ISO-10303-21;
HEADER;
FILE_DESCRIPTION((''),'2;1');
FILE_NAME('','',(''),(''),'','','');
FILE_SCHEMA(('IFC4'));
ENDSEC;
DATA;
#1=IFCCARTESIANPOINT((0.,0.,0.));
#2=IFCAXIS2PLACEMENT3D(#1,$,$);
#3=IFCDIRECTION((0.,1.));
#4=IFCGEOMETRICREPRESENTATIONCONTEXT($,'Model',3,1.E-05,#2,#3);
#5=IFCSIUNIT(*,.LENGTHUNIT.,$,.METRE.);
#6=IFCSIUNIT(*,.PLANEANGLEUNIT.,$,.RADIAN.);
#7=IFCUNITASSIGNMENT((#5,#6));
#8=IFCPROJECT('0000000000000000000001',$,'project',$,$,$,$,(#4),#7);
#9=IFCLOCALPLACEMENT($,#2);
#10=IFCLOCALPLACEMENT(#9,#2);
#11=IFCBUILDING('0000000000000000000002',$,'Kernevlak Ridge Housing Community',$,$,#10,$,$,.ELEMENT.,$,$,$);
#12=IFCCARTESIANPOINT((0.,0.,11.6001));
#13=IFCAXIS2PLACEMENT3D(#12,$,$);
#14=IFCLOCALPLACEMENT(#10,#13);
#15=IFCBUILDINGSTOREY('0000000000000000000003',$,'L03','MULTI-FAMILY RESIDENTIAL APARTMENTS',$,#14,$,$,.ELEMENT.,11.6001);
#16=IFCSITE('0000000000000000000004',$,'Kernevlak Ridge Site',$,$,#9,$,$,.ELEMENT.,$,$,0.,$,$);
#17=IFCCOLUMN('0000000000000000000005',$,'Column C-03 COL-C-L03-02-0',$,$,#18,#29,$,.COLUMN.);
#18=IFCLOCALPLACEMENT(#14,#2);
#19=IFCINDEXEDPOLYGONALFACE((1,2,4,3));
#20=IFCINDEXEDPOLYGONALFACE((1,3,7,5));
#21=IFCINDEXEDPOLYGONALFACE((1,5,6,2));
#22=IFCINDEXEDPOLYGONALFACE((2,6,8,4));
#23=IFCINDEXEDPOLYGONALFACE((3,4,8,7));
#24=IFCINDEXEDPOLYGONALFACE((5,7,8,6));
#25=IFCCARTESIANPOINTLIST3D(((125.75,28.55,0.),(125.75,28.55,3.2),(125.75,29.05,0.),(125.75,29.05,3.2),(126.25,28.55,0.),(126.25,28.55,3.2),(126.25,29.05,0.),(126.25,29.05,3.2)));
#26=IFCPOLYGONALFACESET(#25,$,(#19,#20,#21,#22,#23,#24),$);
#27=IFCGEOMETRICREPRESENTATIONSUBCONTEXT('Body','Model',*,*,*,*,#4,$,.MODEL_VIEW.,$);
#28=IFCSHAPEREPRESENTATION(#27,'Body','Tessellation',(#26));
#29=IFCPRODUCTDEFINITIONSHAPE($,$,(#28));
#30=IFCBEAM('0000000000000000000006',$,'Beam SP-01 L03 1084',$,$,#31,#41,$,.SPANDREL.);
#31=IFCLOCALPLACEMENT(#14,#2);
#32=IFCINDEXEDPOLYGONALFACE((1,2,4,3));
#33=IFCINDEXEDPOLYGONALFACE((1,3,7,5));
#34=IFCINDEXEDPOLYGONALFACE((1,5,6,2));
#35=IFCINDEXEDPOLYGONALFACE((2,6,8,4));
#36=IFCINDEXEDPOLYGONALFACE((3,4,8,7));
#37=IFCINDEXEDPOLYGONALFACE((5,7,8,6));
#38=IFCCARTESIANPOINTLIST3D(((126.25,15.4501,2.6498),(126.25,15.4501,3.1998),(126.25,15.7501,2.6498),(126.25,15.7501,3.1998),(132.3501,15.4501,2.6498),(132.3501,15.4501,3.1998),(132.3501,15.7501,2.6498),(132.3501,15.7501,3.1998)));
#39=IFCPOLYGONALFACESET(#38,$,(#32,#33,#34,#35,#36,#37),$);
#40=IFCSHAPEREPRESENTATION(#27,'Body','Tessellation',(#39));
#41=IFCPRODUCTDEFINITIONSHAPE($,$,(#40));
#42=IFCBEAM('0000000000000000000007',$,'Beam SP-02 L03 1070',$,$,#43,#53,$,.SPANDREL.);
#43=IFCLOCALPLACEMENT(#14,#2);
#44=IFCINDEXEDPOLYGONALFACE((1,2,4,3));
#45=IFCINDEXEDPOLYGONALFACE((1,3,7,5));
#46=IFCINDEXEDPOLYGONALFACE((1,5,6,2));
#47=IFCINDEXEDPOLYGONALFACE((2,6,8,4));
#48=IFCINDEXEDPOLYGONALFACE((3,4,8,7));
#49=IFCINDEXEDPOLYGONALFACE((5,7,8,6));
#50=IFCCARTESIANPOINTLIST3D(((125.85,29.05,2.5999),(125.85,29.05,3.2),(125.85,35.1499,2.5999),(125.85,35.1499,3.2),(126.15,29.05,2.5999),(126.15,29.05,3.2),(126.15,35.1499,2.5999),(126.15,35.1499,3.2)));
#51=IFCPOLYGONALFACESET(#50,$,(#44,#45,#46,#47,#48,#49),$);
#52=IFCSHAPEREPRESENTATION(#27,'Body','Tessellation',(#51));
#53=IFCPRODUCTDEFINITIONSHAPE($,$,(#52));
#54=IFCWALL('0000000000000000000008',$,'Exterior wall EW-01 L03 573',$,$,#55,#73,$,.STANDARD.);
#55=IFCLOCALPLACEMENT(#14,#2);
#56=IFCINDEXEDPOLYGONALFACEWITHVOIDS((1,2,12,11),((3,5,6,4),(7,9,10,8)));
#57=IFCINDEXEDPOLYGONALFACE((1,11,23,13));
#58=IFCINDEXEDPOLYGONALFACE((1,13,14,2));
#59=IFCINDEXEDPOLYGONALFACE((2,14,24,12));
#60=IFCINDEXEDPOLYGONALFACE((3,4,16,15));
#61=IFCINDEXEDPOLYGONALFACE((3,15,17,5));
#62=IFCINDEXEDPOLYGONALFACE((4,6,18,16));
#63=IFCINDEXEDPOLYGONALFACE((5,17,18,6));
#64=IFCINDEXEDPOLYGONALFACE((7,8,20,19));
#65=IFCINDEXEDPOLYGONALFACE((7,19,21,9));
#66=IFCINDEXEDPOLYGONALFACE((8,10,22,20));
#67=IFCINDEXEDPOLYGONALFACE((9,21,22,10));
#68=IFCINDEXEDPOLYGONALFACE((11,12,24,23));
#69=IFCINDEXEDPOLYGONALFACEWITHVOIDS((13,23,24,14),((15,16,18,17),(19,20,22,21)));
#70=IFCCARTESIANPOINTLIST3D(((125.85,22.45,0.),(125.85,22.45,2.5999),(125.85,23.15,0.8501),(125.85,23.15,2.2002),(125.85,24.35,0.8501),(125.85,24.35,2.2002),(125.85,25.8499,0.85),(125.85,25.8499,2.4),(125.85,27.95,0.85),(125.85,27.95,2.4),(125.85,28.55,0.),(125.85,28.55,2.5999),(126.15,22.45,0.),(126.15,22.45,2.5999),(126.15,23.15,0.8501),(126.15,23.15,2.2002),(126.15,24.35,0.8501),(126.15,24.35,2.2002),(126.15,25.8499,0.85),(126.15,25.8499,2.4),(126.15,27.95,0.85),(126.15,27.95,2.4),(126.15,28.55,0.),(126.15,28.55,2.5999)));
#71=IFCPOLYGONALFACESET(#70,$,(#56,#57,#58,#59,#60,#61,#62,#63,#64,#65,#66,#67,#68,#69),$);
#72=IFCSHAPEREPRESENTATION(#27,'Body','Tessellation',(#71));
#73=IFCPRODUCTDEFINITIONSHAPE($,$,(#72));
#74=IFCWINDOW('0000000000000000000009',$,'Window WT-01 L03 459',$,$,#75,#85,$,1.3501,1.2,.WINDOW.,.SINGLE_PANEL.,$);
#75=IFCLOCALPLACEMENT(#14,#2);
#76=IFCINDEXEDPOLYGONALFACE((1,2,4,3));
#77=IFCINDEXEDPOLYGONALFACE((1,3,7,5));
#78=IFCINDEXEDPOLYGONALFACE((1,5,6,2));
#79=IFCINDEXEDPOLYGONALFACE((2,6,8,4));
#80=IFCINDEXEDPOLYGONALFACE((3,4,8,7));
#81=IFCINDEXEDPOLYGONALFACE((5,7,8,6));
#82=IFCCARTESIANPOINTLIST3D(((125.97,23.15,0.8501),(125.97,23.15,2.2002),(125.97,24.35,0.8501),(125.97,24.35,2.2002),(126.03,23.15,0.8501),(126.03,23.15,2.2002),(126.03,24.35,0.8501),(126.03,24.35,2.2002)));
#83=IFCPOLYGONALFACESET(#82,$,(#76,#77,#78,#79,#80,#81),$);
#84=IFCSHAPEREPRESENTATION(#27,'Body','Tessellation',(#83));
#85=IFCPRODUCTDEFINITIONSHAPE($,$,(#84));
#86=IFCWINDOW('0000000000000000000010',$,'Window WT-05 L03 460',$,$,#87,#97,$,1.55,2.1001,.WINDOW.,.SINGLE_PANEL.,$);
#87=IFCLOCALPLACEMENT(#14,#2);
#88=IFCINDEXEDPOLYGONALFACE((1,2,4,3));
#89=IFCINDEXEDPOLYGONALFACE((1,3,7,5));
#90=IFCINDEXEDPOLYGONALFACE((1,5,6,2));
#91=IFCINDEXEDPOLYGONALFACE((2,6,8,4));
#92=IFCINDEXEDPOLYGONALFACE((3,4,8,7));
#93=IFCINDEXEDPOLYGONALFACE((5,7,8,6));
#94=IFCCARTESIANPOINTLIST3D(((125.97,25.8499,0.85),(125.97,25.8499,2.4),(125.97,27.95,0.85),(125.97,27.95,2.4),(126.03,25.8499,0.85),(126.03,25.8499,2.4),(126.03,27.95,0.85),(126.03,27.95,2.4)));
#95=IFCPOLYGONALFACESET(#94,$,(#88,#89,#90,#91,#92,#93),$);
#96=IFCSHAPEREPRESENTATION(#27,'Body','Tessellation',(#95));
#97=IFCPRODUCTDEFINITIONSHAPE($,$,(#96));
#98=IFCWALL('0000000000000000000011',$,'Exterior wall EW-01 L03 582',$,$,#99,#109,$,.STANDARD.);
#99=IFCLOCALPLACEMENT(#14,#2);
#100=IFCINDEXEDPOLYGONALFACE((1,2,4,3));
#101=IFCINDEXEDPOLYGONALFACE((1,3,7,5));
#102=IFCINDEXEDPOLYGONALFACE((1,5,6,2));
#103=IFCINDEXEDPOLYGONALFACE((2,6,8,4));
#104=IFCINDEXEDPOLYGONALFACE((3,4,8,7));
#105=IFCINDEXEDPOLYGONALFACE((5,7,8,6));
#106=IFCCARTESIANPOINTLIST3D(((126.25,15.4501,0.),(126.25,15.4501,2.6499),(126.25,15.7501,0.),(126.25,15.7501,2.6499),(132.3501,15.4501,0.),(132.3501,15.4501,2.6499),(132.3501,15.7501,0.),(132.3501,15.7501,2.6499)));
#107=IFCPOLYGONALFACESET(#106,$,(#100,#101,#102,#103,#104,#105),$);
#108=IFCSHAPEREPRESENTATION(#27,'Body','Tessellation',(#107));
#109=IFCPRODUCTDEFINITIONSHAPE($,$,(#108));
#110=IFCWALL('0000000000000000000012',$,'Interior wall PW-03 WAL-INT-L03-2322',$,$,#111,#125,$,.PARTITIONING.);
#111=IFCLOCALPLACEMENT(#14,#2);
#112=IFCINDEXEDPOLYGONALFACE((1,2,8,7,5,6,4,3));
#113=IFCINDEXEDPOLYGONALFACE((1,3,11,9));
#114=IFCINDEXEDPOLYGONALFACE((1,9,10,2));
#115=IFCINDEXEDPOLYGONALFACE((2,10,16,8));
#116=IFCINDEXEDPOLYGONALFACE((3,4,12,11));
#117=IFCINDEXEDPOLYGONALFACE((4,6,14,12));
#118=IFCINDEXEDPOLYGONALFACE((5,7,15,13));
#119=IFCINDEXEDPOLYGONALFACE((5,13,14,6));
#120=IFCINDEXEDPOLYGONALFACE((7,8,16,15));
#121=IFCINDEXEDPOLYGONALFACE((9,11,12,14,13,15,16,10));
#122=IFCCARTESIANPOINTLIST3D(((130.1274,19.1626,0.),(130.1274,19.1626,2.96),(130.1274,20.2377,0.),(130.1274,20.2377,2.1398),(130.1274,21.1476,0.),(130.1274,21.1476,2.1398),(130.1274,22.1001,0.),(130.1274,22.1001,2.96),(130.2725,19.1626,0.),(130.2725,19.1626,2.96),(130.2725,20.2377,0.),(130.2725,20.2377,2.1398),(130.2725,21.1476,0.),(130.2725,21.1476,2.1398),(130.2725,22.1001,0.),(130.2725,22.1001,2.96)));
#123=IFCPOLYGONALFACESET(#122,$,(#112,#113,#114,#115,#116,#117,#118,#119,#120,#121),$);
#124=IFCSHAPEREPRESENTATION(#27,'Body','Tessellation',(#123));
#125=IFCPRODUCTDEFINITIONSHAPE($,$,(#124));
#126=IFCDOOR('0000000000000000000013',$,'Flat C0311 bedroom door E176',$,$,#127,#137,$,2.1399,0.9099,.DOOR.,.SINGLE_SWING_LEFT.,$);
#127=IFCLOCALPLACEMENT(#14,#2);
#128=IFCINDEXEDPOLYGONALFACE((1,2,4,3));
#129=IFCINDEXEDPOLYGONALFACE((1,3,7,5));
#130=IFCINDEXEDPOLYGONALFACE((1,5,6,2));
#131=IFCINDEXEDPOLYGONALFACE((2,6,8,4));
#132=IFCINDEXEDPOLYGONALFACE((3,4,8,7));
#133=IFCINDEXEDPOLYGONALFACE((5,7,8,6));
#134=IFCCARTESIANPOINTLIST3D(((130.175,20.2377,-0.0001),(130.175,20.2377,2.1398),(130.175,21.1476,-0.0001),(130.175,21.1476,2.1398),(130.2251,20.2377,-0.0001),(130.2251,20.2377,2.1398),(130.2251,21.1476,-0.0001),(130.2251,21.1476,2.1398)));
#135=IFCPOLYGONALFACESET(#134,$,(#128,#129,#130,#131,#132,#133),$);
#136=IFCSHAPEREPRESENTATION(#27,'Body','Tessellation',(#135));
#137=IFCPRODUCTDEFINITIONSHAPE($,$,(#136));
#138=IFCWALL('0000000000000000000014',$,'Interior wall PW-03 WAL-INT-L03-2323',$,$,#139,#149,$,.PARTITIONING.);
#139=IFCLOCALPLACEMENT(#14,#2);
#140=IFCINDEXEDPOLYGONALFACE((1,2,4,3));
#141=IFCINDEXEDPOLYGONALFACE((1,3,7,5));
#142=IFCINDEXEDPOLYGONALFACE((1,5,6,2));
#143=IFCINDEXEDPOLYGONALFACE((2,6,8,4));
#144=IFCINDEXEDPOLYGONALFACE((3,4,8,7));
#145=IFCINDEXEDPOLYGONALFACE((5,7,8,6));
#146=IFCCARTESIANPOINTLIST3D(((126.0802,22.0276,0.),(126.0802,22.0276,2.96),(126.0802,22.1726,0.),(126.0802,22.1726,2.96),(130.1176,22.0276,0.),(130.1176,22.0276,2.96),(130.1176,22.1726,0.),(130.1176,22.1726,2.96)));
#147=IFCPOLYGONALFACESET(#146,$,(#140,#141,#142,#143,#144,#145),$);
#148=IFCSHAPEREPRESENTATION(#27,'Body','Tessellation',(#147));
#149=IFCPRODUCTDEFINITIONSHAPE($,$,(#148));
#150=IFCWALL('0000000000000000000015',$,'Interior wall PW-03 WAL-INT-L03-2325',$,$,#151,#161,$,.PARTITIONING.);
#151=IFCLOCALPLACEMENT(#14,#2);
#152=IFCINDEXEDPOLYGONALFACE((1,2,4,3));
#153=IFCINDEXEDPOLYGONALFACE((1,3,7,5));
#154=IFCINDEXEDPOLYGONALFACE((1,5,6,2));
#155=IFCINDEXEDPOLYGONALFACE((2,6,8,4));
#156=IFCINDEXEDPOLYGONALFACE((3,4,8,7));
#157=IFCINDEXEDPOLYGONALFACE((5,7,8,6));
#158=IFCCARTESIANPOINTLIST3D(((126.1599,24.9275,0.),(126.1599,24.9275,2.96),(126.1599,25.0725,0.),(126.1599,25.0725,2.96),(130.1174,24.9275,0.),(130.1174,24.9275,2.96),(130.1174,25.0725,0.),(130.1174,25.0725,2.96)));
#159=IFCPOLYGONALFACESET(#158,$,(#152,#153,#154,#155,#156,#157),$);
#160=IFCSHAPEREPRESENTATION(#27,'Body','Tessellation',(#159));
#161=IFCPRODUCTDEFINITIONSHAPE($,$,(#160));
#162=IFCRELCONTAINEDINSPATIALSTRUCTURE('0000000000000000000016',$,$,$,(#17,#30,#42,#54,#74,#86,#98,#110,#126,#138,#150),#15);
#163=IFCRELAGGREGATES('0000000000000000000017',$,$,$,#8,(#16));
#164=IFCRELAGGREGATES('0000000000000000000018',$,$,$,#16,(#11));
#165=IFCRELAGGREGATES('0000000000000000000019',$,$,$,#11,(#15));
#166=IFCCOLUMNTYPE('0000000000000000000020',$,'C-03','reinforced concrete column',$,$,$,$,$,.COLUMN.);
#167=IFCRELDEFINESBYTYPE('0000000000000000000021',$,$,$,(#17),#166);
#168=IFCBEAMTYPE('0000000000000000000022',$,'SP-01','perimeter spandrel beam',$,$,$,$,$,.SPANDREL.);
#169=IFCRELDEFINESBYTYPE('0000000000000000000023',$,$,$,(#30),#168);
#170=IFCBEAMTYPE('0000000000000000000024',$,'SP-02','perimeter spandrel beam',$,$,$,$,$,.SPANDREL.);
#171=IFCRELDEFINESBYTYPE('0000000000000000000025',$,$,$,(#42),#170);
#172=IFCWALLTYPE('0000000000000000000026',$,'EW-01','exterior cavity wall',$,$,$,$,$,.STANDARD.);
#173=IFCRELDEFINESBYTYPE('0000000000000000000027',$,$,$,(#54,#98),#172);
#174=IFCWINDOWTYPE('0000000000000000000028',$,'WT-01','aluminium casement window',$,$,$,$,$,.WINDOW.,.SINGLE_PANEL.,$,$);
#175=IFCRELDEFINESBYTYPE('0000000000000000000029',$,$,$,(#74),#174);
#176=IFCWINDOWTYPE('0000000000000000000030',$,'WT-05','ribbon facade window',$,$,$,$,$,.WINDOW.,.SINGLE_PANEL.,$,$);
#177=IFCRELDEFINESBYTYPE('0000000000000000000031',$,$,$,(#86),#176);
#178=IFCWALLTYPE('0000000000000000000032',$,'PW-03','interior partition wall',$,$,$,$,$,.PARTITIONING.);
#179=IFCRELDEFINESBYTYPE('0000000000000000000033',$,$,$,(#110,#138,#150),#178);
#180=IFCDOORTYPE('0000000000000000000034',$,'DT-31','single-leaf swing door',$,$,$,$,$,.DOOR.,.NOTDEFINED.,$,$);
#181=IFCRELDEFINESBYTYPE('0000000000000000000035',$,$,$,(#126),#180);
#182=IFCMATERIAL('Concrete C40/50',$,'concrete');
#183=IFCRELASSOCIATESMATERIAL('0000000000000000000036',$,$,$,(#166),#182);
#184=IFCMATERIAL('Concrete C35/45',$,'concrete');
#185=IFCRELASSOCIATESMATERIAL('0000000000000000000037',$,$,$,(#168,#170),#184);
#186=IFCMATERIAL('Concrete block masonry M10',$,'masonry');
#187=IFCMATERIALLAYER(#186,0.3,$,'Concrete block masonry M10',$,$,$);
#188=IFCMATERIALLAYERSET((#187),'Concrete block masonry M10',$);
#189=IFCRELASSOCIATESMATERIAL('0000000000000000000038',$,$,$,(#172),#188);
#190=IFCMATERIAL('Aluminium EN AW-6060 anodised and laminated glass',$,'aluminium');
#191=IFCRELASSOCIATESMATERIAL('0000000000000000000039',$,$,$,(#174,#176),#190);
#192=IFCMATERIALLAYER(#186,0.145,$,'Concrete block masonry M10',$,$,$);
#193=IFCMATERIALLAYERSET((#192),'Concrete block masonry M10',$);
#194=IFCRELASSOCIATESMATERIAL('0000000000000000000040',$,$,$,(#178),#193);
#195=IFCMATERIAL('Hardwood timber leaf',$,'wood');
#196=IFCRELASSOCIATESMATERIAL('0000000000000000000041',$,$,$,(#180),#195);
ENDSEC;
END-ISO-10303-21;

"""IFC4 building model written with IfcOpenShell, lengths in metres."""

from ifc_helpers import new_model, si_unit, direction, frame, frame_2d, origin, origin_2d, place, context, subcontext, project, spatial, rectangle, extrude, material, layer, layer_set, material_profile, profile_set, type_object, element, fill, save


model = new_model("IFC4")

# Units and contexts
model_context = context("Model", 3, precision=1e-05, world=origin(), true_north=direction((0.0, 1.0)))
body_context = subcontext(model_context, "Body", "Model", "MODEL_VIEW")
ifc_project = project(units=[si_unit("LENGTHUNIT", "METRE"), si_unit("PLANEANGLEUNIT", "RADIAN")], contexts=[model_context])

# Site, building, storey
site_placement = place(None, origin())
site = spatial("IfcSite", under=ifc_project, at=site_placement, Name="Kernevlak Ridge Site", CompositionType="ELEMENT", RefElevation=0.0)
building_placement = place(site_placement, origin())
building = spatial("IfcBuilding", under=site, at=building_placement, Name="Kernevlak Ridge Housing Community", CompositionType="ELEMENT")
storey_placement = place(building_placement, frame((0.0, 0.0, 11.6001)))
storey = spatial("IfcBuildingStorey", under=building, at=storey_placement, Name="L03", Description="MULTI-FAMILY RESIDENTIAL APARTMENTS", CompositionType="ELEMENT", Elevation=11.6001)

# Column
ifc_material_1 = material(Name="Concrete C40/50", Category="concrete")
ifc_material_profile_1 = material_profile(ifc_material_1, rectangle(XDim=0.5, YDim=0.5, at=origin_2d()), Name="RC 500x500")
ifc_profile_set_1 = profile_set([ifc_material_profile_1], Name="Concrete C40/50")
column_type = type_object("IfcColumnType", Name="C-03", Description="reinforced concrete column", PredefinedType="COLUMN", material=ifc_profile_set_1)
column_placement = place(storey_placement, frame((126.0, 28.8, 0.0), z_axis=(0.0, 0.0, 1.0), x_axis=(1.0, 0.0, 0.0)))
element("IfcColumn", 1, at=column_placement, inside=storey, type_object=column_type, Name="Column C-03 COL-C-L03-02-0", PredefinedType="COLUMN", context=body_context, shape_type="SweptSolid", body=[
    extrude(rectangle(XDim=0.5, YDim=0.5, at=origin_2d()), origin(), (0.0, 0.0, 1.0), 3.2),
])

# Beams
ifc_material_2 = material(Name="Concrete C35/45", Category="concrete")
ifc_material_profile_2 = material_profile(ifc_material_2, rectangle(XDim=0.3, YDim=0.55, at=origin_2d()), Name="RC 300x550")
ifc_profile_set_2 = profile_set([ifc_material_profile_2], Name="Concrete C35/45")
beam_type_1 = type_object("IfcBeamType", Name="SP-01", Description="perimeter spandrel beam", PredefinedType="SPANDREL", material=ifc_profile_set_2)
beam_1_placement = place(storey_placement, frame((126.25, 15.6001, 2.9248), z_axis=(1.0, 0.0, 0.0), x_axis=(0.0, 1.0, 0.0)))
element("IfcBeam", 2, at=beam_1_placement, inside=storey, type_object=beam_type_1, Name="Beam SP-01 L03 1084", PredefinedType="SPANDREL", context=body_context, shape_type="SweptSolid", body=[
    extrude(rectangle(XDim=0.3, YDim=0.55, at=origin_2d()), origin(), (0.0, 0.0, 1.0), 6.1001),
])
ifc_material_profile_3 = material_profile(ifc_material_2, rectangle(XDim=0.3, YDim=0.6001, at=origin_2d()), Name="RC 300x600")
ifc_profile_set_3 = profile_set([ifc_material_profile_3], Name="Concrete C35/45")
beam_type_2 = type_object("IfcBeamType", Name="SP-02", Description="perimeter spandrel beam", PredefinedType="SPANDREL", material=ifc_profile_set_3)
beam_2_placement = place(storey_placement, frame((126.0, 29.05, 2.8999), z_axis=(0.0, 1.0, 0.0), x_axis=(-1.0, 0.0, 0.0)))
element("IfcBeam", 3, at=beam_2_placement, inside=storey, type_object=beam_type_2, Name="Beam SP-02 L03 1070", PredefinedType="SPANDREL", context=body_context, shape_type="SweptSolid", body=[
    extrude(rectangle(XDim=0.3, YDim=0.6001, at=origin_2d()), origin(), (0.0, 0.0, 1.0), 6.0999),
])

# Wall, openings, windows
ifc_material_3 = material(Name="Concrete block masonry M10", Category="masonry")
ifc_layer_1 = layer(ifc_material_3, 0.3, Name="Concrete block masonry M10")
ifc_layer_set_1 = layer_set([ifc_layer_1], Name="Concrete block masonry M10")
wall_type_1 = type_object("IfcWallType", Name="EW-01", Description="exterior cavity wall", PredefinedType="STANDARD", material=ifc_layer_set_1)
wall_1_placement = place(storey_placement, frame((126.0, 22.45, 0.0), z_axis=(0.0, 0.0, 1.0), x_axis=(0.0, 1.0, 0.0)))
wall_1 = element("IfcWall", 4, at=wall_1_placement, inside=storey, type_object=wall_type_1, Name="Exterior wall EW-01 L03 573", PredefinedType="STANDARD", context=body_context, shape_type="SweptSolid", body=[
    extrude(rectangle(XDim=6.1001, YDim=0.3, at=frame_2d((3.05, 0.0))), origin(), (0.0, 0.0, 1.0), 2.5999),
])
opening_1_placement = place(wall_1_placement, frame((0.7, 0.0, 0.8501)))
opening_1 = element("IfcOpeningElement", 5, at=opening_1_placement, cuts=wall_1, PredefinedType="OPENING", context=body_context, shape_type="SweptSolid", body=[
    extrude(rectangle(XDim=1.2, YDim=1.3501, at=frame_2d((0.6001, 0.675))), frame((0.0, 0.1599, 0.0), z_axis=(0.0, -1.0, 0.0), x_axis=(1.0, 0.0, 0.0)), (0.0, 0.0, 1.0), 0.3201),
])
opening_2_placement = place(wall_1_placement, frame((3.3999, 0.0, 0.8501)))
opening_2 = element("IfcOpeningElement", 6, at=opening_2_placement, cuts=wall_1, PredefinedType="OPENING", context=body_context, shape_type="SweptSolid", body=[
    extrude(rectangle(XDim=2.1001, YDim=1.55, at=frame_2d((1.05, 0.7749))), frame((0.0, 0.1599, 0.0), z_axis=(0.0, -1.0, 0.0), x_axis=(1.0, 0.0, 0.0)), (0.0, 0.0, 1.0), 0.3201),
])
ifc_material_4 = material(Name="Aluminium EN AW-6060 anodised and laminated glass", Category="aluminium")
window_type_1 = type_object("IfcWindowType", Name="WT-01", Description="aluminium casement window", PartitioningType="SINGLE_PANEL", PredefinedType="WINDOW", material=ifc_material_4)
window_1_placement = place(opening_1_placement, origin())
window_1 = element("IfcWindow", 7, at=window_1_placement, inside=storey, type_object=window_type_1, Name="Window WT-01 L03 459", OverallHeight=1.3501, OverallWidth=1.2, PartitioningType="SINGLE_PANEL", PredefinedType="WINDOW", context=body_context, shape_type="SweptSolid", body=[
    extrude(rectangle(XDim=1.2, YDim=1.3501, at=frame_2d((0.6001, 0.675))), frame((0.0, 0.03, 0.0), z_axis=(0.0, -1.0, 0.0), x_axis=(1.0, 0.0, 0.0)), (0.0, 0.0, 1.0), 0.0601),
])
fill(opening_1, window_1)
window_type_2 = type_object("IfcWindowType", Name="WT-05", Description="ribbon facade window", PartitioningType="SINGLE_PANEL", PredefinedType="WINDOW", material=ifc_material_4)
window_2_placement = place(opening_2_placement, origin())
window_2 = element("IfcWindow", 8, at=window_2_placement, inside=storey, type_object=window_type_2, Name="Window WT-05 L03 460", OverallHeight=1.55, OverallWidth=2.1001, PartitioningType="SINGLE_PANEL", PredefinedType="WINDOW", context=body_context, shape_type="SweptSolid", body=[
    extrude(rectangle(XDim=2.1001, YDim=1.55, at=frame_2d((1.05, 0.7749))), frame((0.0, 0.03, 0.0), z_axis=(0.0, -1.0, 0.0), x_axis=(1.0, 0.0, 0.0)), (0.0, 0.0, 1.0), 0.0601),
])
fill(opening_2, window_2)

# Wall
wall_2_placement = place(storey_placement, frame((126.25, 15.6001, 0.0), z_axis=(0.0, 0.0, 1.0), x_axis=(1.0, 0.0, 0.0)))
element("IfcWall", 9, at=wall_2_placement, inside=storey, type_object=wall_type_1, Name="Exterior wall EW-01 L03 582", PredefinedType="STANDARD", context=body_context, shape_type="SweptSolid", body=[
    extrude(rectangle(XDim=6.1001, YDim=0.3, at=frame_2d((3.05, 0.0))), origin(), (0.0, 0.0, 1.0), 2.6499),
])

# Wall, opening, door
ifc_layer_2 = layer(ifc_material_3, 0.145, Name="Concrete block masonry M10")
ifc_layer_set_2 = layer_set([ifc_layer_2], Name="Concrete block masonry M10")
wall_type_2 = type_object("IfcWallType", Name="PW-03", Description="interior partition wall", PredefinedType="PARTITIONING", material=ifc_layer_set_2)
ifc_material_5 = material(Name="Hardwood timber leaf", Category="wood")
wall_3_placement = place(storey_placement, frame((130.2, 19.1626, 0.0), z_axis=(0.0, 0.0, 1.0), x_axis=(0.0, 1.0, 0.0)))
wall_3 = element("IfcWall", 10, at=wall_3_placement, inside=storey, type_object=wall_type_2, Name="Interior wall PW-03 WAL-INT-L03-2322", PredefinedType="PARTITIONING", context=body_context, shape_type="SweptSolid", body=[
    extrude(rectangle(XDim=2.9375, YDim=0.145, at=frame_2d((1.4688, 0.0))), origin(), (0.0, 0.0, 1.0), 2.96),
])
opening_3_placement = place(wall_3_placement, frame((1.075, 0.0, 0.0)))
opening_3 = element("IfcOpeningElement", 11, at=opening_3_placement, cuts=wall_3, PredefinedType="OPENING", context=body_context, shape_type="SweptSolid", body=[
    extrude(rectangle(XDim=0.9099, YDim=2.1399, at=frame_2d((0.4551, 1.0698))), frame((0.0, 0.0825, 0.0), z_axis=(0.0, -1.0, 0.0), x_axis=(1.0, 0.0, 0.0)), (0.0, 0.0, 1.0), 0.165),
])
door_type_1 = type_object("IfcDoorType", Name="DT-31", Description="single-leaf swing door", OperationType="NOTDEFINED", PredefinedType="DOOR", material=ifc_material_5)
door_1_placement = place(opening_3_placement, origin())
door_1 = element("IfcDoor", 12, at=door_1_placement, inside=storey, type_object=door_type_1, Name="Flat C0311 bedroom door E176", OperationType="SINGLE_SWING_LEFT", OverallHeight=2.1399, OverallWidth=0.9099, PredefinedType="DOOR", context=body_context, shape_type="SweptSolid", body=[
    extrude(rectangle(XDim=0.9099, YDim=2.1399, at=frame_2d((0.4551, 1.0698))), frame((0.0, 0.0249, 0.0), z_axis=(0.0, -1.0, 0.0), x_axis=(1.0, 0.0, 0.0)), (0.0, 0.0, 1.0), 0.05),
])
fill(opening_3, door_1)

# Walls
wall_4_placement = place(storey_placement, frame((130.1174, 22.1001, 0.0), z_axis=(0.0, 0.0, 1.0), x_axis=(-1.0, 0.0, 0.0)))
element("IfcWall", 13, at=wall_4_placement, inside=storey, type_object=wall_type_2, Name="Interior wall PW-03 WAL-INT-L03-2323", PredefinedType="PARTITIONING", context=body_context, shape_type="SweptSolid", body=[
    extrude(rectangle(XDim=4.0374, YDim=0.145, at=frame_2d((2.0186, 0.0))), origin(), (0.0, 0.0, 1.0), 2.96),
])
wall_5_placement = place(storey_placement, frame((130.1174, 25.0, 0.0), z_axis=(0.0, 0.0, 1.0), x_axis=(-1.0, 0.0, 0.0)))
element("IfcWall", 14, at=wall_5_placement, inside=storey, type_object=wall_type_2, Name="Interior wall PW-03 WAL-INT-L03-2325", PredefinedType="PARTITIONING", context=body_context, shape_type="SweptSolid", body=[
    extrude(rectangle(XDim=3.9575, YDim=0.145, at=frame_2d((1.9788, 0.0))), origin(), (0.0, 0.0, 1.0), 2.96),
])

save(model, "model.ifc")
